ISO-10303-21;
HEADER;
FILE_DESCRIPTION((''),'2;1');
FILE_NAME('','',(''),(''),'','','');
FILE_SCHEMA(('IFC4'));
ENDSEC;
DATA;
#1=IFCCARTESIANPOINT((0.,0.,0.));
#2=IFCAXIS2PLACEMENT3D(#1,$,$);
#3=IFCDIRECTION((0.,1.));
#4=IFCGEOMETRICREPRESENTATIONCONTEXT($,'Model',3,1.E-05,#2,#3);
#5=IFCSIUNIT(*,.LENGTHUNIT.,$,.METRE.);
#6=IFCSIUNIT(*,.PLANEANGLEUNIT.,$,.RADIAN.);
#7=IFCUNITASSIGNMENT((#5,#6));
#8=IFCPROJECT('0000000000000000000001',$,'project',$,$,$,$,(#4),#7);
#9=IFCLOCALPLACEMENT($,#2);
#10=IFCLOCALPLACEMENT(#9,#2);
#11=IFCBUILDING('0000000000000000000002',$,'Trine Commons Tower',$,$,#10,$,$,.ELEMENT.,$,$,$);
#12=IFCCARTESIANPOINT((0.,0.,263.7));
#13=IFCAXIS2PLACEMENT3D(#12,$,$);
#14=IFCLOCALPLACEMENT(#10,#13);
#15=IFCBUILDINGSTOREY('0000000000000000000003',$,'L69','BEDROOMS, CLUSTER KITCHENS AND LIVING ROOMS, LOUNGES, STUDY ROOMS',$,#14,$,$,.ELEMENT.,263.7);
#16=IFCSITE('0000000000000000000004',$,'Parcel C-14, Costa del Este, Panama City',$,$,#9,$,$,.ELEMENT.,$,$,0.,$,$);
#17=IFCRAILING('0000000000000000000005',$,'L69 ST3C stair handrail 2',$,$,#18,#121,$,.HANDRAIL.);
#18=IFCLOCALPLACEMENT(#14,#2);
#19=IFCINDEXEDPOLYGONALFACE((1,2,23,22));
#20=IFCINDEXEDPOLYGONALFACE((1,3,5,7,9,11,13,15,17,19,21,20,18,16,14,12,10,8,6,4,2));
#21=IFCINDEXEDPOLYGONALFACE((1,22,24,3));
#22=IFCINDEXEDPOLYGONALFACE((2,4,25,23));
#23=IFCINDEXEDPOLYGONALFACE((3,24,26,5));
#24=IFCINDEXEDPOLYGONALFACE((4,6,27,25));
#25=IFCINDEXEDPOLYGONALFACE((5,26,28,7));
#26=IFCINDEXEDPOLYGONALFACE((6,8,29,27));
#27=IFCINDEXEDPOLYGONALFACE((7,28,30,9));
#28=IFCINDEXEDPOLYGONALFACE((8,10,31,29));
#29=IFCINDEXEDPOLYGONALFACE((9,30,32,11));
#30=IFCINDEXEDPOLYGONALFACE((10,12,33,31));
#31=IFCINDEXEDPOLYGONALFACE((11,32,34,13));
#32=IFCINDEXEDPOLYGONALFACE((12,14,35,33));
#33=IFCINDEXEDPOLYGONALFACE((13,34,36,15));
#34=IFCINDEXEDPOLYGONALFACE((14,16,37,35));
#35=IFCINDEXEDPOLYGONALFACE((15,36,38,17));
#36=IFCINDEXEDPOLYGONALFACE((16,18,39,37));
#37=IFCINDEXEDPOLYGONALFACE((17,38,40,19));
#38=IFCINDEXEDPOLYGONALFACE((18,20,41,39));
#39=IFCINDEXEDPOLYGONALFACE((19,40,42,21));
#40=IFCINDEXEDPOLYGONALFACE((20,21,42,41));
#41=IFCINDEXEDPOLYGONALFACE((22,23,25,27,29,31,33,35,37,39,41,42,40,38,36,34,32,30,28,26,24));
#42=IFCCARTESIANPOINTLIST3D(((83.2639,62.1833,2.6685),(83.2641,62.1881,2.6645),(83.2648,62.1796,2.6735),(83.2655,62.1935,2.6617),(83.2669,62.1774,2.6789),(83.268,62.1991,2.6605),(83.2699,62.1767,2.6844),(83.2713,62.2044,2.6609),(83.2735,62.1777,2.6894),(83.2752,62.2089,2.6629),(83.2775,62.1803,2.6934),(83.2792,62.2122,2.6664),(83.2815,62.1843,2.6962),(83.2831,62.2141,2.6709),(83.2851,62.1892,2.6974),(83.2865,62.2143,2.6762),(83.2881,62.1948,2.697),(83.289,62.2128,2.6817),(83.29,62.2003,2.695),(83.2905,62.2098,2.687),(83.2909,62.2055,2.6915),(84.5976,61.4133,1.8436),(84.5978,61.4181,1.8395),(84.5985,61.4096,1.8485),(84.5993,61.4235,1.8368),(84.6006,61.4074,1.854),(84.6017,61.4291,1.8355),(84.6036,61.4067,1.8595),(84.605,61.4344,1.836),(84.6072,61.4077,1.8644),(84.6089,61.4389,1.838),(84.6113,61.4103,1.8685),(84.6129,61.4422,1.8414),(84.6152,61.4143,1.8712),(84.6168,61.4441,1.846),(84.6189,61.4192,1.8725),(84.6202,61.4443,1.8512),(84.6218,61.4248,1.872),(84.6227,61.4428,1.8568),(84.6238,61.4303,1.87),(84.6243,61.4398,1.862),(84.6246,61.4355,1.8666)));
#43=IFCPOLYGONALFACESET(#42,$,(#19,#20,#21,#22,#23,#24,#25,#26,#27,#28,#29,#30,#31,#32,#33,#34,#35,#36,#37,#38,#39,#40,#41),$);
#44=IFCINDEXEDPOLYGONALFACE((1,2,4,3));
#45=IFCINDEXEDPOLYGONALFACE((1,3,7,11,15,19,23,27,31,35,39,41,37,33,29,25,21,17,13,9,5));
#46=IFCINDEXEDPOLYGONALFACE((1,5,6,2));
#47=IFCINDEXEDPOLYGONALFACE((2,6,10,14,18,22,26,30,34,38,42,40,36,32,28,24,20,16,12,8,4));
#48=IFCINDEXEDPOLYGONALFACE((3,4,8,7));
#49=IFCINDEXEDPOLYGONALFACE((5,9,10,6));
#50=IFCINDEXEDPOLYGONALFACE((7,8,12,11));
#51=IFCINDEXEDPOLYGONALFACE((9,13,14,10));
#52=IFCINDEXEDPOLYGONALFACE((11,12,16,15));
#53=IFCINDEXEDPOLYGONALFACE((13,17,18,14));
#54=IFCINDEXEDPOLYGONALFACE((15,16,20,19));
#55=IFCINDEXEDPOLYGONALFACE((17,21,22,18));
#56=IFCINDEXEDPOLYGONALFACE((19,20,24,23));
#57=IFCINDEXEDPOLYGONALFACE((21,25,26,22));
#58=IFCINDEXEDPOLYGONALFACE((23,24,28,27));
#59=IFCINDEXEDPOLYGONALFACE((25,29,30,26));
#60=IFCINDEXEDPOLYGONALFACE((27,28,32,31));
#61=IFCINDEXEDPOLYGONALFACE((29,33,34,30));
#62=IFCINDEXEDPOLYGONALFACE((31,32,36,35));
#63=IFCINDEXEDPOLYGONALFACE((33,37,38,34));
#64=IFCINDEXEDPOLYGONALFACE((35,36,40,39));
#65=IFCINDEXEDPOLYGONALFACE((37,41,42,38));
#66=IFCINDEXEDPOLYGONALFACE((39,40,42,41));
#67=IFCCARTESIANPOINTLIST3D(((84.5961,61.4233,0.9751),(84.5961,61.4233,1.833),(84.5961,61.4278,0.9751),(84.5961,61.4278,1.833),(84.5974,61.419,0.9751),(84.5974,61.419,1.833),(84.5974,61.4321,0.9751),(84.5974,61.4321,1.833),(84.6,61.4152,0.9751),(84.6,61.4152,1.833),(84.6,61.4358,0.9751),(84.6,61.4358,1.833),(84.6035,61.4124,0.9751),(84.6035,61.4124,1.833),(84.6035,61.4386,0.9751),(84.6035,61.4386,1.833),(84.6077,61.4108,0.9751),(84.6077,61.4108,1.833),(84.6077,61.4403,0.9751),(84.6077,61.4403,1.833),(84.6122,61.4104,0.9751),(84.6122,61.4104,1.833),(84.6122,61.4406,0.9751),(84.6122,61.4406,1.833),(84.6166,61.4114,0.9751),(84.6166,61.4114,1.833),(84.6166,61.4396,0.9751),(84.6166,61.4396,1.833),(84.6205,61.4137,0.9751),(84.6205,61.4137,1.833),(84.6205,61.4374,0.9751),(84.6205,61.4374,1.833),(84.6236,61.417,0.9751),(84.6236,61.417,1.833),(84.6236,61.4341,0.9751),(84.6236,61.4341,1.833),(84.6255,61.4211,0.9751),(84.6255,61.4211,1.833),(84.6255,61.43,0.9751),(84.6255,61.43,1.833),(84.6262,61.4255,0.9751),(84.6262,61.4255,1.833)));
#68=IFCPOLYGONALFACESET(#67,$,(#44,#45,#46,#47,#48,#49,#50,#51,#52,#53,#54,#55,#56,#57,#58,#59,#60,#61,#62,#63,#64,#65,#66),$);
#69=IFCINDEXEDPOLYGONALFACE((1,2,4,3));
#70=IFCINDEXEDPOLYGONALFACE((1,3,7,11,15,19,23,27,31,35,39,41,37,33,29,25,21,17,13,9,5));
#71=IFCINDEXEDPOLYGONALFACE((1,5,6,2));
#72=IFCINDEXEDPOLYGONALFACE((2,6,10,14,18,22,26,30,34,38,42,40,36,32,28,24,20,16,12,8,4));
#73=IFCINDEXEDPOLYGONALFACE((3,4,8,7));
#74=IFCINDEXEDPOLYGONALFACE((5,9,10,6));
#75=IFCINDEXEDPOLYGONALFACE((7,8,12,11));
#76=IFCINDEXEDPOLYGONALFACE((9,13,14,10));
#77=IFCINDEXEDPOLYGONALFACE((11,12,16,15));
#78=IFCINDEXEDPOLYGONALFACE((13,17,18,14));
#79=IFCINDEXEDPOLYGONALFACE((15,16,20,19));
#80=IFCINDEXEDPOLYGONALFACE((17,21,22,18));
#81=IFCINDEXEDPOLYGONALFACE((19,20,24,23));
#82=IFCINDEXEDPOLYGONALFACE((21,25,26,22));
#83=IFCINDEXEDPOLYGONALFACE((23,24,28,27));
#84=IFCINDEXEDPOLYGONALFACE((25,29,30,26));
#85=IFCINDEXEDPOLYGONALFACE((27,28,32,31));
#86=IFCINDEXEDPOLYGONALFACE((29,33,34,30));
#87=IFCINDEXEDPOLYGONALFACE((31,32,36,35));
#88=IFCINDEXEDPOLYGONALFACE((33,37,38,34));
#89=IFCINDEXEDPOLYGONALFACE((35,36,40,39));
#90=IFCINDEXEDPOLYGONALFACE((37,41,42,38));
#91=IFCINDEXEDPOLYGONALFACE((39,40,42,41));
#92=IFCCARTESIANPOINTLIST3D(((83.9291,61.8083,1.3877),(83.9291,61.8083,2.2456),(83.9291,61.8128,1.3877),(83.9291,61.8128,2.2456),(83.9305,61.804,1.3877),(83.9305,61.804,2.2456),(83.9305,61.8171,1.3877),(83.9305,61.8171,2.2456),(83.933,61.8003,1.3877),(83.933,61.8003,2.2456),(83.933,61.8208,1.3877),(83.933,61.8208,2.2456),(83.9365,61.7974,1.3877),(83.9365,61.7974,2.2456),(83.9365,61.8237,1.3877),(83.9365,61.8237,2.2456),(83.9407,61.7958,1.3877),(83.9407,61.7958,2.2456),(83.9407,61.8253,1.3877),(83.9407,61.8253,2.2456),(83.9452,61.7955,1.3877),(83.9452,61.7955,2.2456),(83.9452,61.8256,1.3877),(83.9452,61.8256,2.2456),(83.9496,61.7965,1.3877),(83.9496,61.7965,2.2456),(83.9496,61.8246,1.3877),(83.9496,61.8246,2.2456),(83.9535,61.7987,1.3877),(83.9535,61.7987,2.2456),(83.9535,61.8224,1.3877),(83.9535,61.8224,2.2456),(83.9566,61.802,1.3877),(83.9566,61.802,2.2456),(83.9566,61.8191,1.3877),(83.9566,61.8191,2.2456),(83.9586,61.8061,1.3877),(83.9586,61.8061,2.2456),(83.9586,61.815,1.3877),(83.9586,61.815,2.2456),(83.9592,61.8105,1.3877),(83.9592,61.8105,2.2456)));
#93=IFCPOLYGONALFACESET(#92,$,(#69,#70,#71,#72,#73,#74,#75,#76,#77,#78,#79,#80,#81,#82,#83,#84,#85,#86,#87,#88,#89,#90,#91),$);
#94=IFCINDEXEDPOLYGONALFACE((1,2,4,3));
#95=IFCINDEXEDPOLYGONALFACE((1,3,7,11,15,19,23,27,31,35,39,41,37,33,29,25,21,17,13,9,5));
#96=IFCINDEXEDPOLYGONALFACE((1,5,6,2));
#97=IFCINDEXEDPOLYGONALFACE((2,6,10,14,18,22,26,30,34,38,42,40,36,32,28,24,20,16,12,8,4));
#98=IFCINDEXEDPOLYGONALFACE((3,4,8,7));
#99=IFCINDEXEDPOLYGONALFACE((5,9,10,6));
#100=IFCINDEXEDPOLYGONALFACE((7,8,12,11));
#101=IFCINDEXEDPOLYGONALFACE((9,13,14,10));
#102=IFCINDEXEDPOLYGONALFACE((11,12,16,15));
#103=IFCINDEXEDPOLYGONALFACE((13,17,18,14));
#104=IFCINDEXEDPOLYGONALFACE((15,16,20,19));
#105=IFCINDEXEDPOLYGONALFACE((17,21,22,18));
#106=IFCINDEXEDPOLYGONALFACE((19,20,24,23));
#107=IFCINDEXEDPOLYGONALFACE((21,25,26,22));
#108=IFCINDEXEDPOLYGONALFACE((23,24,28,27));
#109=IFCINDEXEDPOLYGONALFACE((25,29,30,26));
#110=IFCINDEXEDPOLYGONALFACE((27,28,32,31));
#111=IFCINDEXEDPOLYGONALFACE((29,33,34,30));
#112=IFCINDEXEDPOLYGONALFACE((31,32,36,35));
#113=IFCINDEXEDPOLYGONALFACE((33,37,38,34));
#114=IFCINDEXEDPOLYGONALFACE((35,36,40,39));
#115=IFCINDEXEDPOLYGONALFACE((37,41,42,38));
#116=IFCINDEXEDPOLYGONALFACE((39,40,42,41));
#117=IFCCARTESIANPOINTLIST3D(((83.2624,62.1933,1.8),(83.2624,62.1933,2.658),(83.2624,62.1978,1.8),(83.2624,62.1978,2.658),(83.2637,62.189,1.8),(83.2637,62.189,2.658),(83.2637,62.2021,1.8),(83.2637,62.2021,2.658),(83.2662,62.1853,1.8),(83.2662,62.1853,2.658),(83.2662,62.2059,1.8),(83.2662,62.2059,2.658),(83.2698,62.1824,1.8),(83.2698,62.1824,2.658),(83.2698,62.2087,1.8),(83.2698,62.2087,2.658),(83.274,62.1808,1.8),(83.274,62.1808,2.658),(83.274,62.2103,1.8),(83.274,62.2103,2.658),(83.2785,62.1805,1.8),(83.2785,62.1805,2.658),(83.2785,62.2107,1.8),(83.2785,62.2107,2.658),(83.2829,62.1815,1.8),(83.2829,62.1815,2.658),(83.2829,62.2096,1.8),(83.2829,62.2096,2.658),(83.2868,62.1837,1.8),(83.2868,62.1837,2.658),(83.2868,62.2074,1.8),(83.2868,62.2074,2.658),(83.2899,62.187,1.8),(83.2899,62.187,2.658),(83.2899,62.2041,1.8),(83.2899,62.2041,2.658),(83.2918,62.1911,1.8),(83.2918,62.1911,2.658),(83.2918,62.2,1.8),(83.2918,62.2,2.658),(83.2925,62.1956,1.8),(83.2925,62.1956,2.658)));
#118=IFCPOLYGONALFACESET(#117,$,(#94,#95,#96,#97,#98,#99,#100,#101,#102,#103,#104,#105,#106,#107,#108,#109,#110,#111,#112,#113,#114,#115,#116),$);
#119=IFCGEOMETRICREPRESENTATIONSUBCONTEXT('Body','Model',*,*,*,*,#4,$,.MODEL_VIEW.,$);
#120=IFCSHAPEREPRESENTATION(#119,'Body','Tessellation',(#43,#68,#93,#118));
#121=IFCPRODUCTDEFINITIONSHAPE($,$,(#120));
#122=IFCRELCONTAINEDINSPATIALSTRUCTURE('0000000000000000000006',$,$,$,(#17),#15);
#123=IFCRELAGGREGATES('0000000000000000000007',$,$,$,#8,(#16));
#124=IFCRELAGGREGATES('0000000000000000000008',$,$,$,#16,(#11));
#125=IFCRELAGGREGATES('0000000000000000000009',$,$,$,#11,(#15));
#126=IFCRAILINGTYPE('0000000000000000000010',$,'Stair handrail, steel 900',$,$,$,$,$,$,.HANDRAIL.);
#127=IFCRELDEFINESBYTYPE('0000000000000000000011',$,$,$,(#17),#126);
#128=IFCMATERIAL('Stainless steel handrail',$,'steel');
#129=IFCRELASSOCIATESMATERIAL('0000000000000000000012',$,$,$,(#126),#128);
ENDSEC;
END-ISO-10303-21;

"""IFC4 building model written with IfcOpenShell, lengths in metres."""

from ifc_helpers import new_model, si_unit, direction, frame, origin, origin_2d, place, context, subcontext, project, spatial, circle, extrude, material, type_object, element, save


model = new_model("IFC4")

# Units and contexts
model_context = context("Model", 3, precision=1e-05, world=origin(), true_north=direction((0.0, 1.0)))
body_context = subcontext(model_context, "Body", "Model", "MODEL_VIEW")
ifc_project = project(units=[si_unit("LENGTHUNIT", "METRE"), si_unit("PLANEANGLEUNIT", "RADIAN")], contexts=[model_context])

# Site, building, storey
site_placement = place(None, origin())
site = spatial("IfcSite", under=ifc_project, at=site_placement, Name="Parcel C-14, Costa del Este, Panama City", CompositionType="ELEMENT", RefElevation=0.0)
building_placement = place(site_placement, origin())
building = spatial("IfcBuilding", under=site, at=building_placement, Name="Trine Commons Tower", CompositionType="ELEMENT")
storey_placement = place(building_placement, frame((0.0, 0.0, 263.7)))
storey = spatial("IfcBuildingStorey", under=building, at=storey_placement, Name="L69", Description="BEDROOMS, CLUSTER KITCHENS AND LIVING ROOMS, LOUNGES, STUDY ROOMS", CompositionType="ELEMENT", Elevation=263.7)

# Railing
ifc_material_1 = material(Name="Stainless steel handrail", Category="steel")
railing_type_1 = type_object("IfcRailingType", Name="Stair handrail, steel 900", PredefinedType="HANDRAIL", material=ifc_material_1)
for number, where, name in (
    (1, (84.6111, 61.4255, 0.9751), "L69 ST3C stair handrail 2"),
):
    element("IfcRailing", number, at=place(storey_placement, frame(where)), inside=storey, type_object=railing_type_1, Name=name, PredefinedType="HANDRAIL", context=body_context, shape_type="SweptSolid", body=[
        extrude(circle(Radius=0.021, at=origin_2d()), frame((0.0, 0.0, 0.8789), z_axis=(-0.763405, 0.440743, 0.472185), x_axis=(-0.499992, -0.86603, 0.0)), (0.0, 0.0, 1.0), 1.7471),
        extrude(circle(Radius=0.0151, at=origin_2d()), origin(), (0.0, 0.0, 1.0), 0.8579),
        extrude(circle(Radius=0.0151, at=origin_2d()), frame((-0.667, 0.385, 0.4126)), (0.0, 0.0, 1.0), 0.8579),
        extrude(circle(Radius=0.0151, at=origin_2d()), frame((-1.3337, 0.77, 0.825)), (0.0, 0.0, 1.0), 0.8579),
    ])

save(model, "model.ifc")
